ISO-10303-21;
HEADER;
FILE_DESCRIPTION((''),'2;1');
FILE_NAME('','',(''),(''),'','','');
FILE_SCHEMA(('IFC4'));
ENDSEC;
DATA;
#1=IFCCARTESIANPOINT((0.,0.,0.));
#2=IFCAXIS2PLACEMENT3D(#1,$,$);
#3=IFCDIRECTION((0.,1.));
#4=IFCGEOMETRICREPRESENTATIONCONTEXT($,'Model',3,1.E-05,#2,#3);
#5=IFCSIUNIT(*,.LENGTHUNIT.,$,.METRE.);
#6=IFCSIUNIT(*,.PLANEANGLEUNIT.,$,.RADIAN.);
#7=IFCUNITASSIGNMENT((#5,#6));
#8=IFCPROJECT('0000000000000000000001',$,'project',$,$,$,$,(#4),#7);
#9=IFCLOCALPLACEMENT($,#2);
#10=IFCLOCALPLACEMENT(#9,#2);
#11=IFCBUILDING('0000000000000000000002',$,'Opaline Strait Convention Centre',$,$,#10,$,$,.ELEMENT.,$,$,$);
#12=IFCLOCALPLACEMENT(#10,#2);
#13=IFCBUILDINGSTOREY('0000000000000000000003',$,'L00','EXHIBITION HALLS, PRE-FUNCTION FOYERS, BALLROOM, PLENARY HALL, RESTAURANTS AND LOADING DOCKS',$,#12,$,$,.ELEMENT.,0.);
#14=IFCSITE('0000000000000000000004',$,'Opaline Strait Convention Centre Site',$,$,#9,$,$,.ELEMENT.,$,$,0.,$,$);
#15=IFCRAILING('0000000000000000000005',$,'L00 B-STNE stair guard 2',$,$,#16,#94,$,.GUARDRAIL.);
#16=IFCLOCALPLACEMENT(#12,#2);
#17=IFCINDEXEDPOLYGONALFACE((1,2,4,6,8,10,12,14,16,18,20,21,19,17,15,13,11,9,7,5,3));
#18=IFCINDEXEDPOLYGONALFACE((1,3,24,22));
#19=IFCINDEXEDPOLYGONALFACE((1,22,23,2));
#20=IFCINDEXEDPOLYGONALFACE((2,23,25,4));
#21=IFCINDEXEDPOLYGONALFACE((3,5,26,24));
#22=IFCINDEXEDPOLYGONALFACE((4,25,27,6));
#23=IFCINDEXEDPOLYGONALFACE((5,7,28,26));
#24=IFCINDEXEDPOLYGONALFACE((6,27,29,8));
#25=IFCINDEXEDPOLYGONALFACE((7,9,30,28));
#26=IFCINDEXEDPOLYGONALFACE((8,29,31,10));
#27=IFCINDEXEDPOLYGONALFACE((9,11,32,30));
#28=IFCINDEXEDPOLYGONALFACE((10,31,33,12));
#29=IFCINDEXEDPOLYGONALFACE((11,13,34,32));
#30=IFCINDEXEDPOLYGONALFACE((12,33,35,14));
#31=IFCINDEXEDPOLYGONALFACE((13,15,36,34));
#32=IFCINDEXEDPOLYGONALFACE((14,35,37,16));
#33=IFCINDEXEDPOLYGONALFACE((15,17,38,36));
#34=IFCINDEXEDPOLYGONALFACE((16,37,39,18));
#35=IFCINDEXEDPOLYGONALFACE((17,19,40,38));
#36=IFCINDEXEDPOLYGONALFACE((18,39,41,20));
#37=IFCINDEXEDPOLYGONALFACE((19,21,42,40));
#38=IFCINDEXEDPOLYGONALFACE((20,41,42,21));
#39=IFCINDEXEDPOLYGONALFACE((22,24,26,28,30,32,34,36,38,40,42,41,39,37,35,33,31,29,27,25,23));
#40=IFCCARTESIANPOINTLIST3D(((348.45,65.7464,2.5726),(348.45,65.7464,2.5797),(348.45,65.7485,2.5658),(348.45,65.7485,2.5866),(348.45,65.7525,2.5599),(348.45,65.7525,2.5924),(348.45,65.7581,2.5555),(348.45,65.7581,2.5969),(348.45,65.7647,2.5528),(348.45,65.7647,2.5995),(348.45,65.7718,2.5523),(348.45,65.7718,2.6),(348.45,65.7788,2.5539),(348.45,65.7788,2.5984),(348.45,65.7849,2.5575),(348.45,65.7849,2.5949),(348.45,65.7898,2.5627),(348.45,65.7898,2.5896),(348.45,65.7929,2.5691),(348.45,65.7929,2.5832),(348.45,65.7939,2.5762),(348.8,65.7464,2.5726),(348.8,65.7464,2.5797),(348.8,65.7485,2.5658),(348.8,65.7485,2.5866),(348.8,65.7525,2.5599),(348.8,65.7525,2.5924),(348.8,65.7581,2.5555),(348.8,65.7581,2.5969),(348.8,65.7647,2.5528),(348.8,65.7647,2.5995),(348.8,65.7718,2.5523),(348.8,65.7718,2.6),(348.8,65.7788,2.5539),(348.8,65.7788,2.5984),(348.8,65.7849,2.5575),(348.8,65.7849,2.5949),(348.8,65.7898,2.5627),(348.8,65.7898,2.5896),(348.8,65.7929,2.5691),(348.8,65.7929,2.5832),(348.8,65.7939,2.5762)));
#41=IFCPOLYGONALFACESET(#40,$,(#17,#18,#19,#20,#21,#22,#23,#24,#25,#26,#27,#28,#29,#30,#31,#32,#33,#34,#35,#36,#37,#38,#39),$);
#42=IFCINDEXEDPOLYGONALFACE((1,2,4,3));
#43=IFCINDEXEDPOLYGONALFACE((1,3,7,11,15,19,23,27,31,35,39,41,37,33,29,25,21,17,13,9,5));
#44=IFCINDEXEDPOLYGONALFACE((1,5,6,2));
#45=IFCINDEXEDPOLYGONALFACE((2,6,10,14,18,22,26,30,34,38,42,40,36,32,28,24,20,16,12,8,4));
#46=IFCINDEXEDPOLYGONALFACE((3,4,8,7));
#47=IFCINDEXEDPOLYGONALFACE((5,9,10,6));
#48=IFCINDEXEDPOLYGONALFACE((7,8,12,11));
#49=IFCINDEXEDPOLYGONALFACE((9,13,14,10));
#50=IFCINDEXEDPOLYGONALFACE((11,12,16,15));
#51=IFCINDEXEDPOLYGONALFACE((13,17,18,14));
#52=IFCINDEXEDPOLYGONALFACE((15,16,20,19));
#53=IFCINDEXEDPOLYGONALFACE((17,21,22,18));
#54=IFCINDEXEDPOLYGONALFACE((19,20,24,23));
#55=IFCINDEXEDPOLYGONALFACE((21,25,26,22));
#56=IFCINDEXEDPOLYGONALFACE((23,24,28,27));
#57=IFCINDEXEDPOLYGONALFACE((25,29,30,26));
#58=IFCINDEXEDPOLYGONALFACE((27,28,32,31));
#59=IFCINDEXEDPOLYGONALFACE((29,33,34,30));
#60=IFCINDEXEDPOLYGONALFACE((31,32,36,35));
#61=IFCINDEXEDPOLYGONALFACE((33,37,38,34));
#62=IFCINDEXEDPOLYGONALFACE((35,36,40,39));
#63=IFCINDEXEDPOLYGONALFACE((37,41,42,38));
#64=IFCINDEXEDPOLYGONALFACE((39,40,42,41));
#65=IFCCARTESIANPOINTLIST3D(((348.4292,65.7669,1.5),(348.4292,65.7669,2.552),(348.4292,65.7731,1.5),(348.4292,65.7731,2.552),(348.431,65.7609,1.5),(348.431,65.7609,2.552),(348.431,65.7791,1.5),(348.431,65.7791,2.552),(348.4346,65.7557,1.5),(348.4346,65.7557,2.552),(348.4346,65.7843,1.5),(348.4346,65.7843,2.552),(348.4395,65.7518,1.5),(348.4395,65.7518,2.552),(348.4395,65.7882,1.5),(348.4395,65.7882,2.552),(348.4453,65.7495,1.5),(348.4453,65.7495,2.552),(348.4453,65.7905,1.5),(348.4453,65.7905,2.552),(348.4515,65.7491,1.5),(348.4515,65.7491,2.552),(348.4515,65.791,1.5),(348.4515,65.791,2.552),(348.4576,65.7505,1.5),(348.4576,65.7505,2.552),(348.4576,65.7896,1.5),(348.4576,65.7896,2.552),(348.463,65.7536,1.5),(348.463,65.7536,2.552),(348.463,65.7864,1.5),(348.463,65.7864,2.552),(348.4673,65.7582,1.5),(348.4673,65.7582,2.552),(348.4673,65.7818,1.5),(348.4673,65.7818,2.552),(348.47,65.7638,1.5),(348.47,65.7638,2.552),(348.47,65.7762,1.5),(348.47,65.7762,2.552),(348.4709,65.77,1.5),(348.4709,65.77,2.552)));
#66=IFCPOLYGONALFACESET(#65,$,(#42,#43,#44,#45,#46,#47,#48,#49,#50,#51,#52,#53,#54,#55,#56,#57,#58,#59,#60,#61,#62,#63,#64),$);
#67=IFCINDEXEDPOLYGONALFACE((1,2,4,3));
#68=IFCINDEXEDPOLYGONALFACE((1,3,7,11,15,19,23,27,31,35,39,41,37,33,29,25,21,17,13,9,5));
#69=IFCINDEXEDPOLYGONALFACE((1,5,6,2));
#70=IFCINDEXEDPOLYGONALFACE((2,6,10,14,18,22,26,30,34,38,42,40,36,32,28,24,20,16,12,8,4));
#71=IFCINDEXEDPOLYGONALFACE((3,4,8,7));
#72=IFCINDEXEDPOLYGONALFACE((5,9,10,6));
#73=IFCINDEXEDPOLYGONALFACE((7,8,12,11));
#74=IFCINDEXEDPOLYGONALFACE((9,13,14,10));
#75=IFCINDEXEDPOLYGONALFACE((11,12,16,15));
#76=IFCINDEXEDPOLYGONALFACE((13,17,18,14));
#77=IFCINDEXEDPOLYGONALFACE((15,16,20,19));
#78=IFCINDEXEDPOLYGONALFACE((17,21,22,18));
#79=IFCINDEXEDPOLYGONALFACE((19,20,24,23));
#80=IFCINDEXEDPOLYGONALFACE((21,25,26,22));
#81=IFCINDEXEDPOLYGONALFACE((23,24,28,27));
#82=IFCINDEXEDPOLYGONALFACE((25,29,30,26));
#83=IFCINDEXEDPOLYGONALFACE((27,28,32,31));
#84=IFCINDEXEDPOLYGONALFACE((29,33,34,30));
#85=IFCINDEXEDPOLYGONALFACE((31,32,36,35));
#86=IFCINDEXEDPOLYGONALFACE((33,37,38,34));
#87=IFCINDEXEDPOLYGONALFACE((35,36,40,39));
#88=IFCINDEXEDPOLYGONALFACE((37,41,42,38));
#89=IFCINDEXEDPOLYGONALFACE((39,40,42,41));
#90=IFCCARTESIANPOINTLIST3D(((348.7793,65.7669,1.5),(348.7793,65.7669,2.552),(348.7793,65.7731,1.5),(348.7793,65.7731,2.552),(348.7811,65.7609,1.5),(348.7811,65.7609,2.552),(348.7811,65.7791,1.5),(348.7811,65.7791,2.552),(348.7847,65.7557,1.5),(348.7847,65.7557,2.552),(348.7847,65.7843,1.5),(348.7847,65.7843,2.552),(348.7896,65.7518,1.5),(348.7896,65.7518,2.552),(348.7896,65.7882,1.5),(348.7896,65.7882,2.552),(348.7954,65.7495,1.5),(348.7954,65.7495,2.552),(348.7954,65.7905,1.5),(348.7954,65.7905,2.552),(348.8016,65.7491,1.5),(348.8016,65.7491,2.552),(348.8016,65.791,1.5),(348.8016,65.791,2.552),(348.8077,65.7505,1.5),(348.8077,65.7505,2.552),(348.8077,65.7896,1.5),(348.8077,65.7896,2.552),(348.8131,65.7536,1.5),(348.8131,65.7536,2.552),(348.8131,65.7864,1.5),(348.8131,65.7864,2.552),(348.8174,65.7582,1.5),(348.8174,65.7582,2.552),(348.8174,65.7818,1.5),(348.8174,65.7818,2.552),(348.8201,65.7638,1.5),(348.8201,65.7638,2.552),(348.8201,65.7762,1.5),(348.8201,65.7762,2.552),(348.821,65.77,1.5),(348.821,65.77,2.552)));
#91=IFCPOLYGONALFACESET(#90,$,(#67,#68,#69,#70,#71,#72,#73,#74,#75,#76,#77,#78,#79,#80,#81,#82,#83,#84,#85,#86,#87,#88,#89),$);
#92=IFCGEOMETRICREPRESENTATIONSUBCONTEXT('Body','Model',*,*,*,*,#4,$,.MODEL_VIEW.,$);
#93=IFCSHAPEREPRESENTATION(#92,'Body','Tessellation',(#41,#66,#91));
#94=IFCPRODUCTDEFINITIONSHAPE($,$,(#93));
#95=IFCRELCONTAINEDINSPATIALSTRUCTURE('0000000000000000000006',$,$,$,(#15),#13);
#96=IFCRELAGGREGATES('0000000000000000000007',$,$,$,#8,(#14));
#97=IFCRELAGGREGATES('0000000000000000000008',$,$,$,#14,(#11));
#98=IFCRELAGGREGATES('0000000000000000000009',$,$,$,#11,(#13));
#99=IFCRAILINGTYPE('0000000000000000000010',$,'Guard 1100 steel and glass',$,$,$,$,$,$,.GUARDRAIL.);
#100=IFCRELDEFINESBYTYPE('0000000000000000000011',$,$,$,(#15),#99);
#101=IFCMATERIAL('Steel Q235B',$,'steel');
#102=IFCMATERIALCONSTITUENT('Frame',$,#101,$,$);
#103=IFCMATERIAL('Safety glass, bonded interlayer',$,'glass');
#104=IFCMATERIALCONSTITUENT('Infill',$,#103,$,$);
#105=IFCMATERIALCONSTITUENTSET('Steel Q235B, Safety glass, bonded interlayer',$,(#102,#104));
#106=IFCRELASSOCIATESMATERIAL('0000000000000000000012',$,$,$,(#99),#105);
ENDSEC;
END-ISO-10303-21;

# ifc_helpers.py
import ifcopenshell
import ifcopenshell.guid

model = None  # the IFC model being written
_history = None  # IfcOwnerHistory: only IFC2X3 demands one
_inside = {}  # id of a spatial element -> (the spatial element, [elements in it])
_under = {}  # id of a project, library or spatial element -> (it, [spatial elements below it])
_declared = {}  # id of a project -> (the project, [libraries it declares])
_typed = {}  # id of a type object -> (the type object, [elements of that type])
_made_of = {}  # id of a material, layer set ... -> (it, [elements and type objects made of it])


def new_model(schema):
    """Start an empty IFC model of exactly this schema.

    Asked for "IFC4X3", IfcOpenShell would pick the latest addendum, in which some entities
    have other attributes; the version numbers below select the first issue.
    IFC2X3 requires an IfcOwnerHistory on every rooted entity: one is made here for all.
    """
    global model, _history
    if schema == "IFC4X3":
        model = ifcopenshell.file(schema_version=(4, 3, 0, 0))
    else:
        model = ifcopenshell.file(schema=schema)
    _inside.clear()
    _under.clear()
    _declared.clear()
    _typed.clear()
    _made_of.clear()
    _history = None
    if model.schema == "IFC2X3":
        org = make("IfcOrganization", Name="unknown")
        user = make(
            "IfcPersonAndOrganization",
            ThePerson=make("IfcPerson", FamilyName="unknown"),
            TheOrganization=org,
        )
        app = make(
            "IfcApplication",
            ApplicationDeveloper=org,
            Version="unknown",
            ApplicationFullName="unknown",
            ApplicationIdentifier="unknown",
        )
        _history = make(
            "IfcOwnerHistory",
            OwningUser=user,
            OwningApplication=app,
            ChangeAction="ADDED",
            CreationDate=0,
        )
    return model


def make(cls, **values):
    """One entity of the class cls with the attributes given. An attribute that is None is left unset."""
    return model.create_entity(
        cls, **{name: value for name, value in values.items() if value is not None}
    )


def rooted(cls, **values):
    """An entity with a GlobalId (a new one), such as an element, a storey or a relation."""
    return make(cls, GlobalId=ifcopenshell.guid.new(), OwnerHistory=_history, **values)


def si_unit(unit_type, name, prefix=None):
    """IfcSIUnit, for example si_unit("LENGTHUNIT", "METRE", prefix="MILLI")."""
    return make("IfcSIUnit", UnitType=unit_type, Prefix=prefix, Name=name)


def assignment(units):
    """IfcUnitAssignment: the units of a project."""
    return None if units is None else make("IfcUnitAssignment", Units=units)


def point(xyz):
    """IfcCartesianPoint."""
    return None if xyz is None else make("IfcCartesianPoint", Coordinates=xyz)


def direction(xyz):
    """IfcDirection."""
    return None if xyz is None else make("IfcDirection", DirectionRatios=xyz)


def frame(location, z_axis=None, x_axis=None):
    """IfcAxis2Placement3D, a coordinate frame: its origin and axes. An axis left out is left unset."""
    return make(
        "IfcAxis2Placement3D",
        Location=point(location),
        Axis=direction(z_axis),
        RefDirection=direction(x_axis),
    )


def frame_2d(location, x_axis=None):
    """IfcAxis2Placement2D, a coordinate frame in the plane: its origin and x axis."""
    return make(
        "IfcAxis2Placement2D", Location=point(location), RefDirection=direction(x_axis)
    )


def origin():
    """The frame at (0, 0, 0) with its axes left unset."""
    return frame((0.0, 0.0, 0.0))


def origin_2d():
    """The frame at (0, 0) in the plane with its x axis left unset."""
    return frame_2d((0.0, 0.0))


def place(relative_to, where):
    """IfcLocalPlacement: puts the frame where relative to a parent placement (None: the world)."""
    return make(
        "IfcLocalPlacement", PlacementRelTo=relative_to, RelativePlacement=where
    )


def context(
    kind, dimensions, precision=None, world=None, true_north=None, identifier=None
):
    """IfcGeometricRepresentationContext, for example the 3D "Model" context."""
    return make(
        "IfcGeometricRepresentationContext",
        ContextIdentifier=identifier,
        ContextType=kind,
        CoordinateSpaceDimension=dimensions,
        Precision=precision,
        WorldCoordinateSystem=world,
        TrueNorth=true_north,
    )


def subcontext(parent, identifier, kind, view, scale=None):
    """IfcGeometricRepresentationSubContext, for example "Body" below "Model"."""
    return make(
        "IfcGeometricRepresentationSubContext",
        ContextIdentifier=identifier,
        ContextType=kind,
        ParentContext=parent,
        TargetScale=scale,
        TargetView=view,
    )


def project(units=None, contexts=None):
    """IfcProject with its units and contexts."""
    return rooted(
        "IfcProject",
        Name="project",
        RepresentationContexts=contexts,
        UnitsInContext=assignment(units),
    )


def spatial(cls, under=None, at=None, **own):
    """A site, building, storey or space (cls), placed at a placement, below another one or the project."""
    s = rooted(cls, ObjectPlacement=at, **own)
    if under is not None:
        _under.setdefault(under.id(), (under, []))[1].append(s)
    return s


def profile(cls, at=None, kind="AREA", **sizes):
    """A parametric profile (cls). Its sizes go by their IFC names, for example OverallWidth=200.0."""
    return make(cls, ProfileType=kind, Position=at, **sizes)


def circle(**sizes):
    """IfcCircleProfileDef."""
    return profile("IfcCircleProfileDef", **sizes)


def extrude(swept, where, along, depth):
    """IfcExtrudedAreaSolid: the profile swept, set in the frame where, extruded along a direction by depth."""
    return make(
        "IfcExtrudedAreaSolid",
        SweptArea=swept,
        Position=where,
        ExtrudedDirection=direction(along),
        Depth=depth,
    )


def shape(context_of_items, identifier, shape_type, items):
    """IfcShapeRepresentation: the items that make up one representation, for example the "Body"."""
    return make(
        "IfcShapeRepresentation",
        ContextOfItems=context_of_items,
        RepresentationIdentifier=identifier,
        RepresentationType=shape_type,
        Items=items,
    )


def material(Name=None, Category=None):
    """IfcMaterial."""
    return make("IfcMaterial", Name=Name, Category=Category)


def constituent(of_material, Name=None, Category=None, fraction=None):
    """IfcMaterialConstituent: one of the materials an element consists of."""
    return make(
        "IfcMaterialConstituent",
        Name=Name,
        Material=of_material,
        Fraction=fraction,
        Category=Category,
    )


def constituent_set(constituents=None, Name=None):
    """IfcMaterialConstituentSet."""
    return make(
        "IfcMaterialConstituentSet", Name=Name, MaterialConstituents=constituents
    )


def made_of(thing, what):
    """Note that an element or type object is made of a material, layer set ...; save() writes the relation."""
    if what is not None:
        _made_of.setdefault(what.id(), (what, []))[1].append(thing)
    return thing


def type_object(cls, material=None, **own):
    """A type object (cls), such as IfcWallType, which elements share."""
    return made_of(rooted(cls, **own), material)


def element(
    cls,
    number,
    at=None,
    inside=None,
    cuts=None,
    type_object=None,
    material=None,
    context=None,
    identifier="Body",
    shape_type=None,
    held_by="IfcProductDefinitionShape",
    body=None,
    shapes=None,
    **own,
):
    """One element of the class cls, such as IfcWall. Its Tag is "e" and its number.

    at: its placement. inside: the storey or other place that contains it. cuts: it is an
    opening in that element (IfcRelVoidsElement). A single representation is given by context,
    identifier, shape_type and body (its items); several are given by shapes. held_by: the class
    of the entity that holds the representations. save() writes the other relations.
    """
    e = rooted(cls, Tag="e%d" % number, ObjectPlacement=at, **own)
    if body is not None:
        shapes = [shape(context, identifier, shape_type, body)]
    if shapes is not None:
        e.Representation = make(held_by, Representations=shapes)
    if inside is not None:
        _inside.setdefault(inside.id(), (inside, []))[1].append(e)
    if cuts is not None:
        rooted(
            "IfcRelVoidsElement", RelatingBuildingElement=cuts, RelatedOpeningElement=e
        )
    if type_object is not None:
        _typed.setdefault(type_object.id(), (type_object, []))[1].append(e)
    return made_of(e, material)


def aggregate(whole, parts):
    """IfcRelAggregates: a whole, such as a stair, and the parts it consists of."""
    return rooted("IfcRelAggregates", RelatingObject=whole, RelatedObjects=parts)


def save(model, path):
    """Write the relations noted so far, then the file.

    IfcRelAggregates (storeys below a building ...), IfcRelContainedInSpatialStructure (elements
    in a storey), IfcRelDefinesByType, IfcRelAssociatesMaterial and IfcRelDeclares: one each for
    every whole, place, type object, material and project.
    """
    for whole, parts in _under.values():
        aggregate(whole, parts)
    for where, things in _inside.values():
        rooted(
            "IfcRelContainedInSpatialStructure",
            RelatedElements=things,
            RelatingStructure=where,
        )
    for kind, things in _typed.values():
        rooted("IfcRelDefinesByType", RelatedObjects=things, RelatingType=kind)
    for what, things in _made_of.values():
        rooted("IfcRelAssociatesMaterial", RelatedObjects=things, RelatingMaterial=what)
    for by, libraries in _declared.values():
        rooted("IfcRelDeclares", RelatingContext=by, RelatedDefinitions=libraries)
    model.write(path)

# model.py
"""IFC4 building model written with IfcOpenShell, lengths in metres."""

from ifc_helpers import new_model, si_unit, direction, frame, origin, origin_2d, place, context, subcontext, project, spatial, circle, extrude, material, constituent, constituent_set, type_object, element, save


model = new_model("IFC4")

# Units and contexts
model_context = context("Model", 3, precision=1e-05, world=origin(), true_north=direction((0.0, 1.0)))
body_context = subcontext(model_context, "Body", "Model", "MODEL_VIEW")
ifc_project = project(units=[si_unit("LENGTHUNIT", "METRE"), si_unit("PLANEANGLEUNIT", "RADIAN")], contexts=[model_context])

# Site, building, storey
site_placement = place(None, origin())
site = spatial("IfcSite", under=ifc_project, at=site_placement, Name="Opaline Strait Convention Centre Site", CompositionType="ELEMENT", RefElevation=0.0)
building_placement = place(site_placement, origin())
building = spatial("IfcBuilding", under=site, at=building_placement, Name="Opaline Strait Convention Centre", CompositionType="ELEMENT")
storey_placement = place(building_placement, origin())
storey = spatial("IfcBuildingStorey", under=building, at=storey_placement, Name="L00", Description="EXHIBITION HALLS, PRE-FUNCTION FOYERS, BALLROOM, PLENARY HALL, RESTAURANTS AND LOADING DOCKS", CompositionType="ELEMENT", Elevation=0.0)

# Shared definitions
ifc_material_1 = material(Name="Steel Q235B", Category="steel")

# Railing
ifc_constituent_1 = constituent(ifc_material_1, Name="Frame")
ifc_material_2 = material(Name="Safety glass, bonded interlayer", Category="glass")
ifc_constituent_2 = constituent(ifc_material_2, Name="Infill")
ifc_constituent_set = constituent_set(constituents=[ifc_constituent_1, ifc_constituent_2], Name="Steel Q235B, Safety glass, bonded interlayer")
railing_type_1 = type_object("IfcRailingType", Name="Guard 1100 steel and glass", PredefinedType="GUARDRAIL", material=ifc_constituent_set)
railing_1_placement = place(storey_placement, frame((348.45, 65.77, 1.5)))
element("IfcRailing", 1, at=railing_1_placement, inside=storey, type_object=railing_type_1, Name="L00 B-STNE stair guard 2", PredefinedType="GUARDRAIL", context=body_context, shape_type="SweptSolid", body=[
    extrude(circle(Radius=0.0239, at=origin_2d()), frame((0.0, 0.0, 1.0762), z_axis=(1.0, 0.0, 0.0), x_axis=(0.0, 1.0, 0.0)), (0.0, 0.0, 1.0), 0.3501),
    extrude(circle(Radius=0.021, at=origin_2d()), origin(), (0.0, 0.0, 1.0), 1.052),
    extrude(circle(Radius=0.021, at=origin_2d()), frame((0.3501, 0.0, 0.0)), (0.0, 0.0, 1.0), 1.052),
])

save(model, "model.ifc")
